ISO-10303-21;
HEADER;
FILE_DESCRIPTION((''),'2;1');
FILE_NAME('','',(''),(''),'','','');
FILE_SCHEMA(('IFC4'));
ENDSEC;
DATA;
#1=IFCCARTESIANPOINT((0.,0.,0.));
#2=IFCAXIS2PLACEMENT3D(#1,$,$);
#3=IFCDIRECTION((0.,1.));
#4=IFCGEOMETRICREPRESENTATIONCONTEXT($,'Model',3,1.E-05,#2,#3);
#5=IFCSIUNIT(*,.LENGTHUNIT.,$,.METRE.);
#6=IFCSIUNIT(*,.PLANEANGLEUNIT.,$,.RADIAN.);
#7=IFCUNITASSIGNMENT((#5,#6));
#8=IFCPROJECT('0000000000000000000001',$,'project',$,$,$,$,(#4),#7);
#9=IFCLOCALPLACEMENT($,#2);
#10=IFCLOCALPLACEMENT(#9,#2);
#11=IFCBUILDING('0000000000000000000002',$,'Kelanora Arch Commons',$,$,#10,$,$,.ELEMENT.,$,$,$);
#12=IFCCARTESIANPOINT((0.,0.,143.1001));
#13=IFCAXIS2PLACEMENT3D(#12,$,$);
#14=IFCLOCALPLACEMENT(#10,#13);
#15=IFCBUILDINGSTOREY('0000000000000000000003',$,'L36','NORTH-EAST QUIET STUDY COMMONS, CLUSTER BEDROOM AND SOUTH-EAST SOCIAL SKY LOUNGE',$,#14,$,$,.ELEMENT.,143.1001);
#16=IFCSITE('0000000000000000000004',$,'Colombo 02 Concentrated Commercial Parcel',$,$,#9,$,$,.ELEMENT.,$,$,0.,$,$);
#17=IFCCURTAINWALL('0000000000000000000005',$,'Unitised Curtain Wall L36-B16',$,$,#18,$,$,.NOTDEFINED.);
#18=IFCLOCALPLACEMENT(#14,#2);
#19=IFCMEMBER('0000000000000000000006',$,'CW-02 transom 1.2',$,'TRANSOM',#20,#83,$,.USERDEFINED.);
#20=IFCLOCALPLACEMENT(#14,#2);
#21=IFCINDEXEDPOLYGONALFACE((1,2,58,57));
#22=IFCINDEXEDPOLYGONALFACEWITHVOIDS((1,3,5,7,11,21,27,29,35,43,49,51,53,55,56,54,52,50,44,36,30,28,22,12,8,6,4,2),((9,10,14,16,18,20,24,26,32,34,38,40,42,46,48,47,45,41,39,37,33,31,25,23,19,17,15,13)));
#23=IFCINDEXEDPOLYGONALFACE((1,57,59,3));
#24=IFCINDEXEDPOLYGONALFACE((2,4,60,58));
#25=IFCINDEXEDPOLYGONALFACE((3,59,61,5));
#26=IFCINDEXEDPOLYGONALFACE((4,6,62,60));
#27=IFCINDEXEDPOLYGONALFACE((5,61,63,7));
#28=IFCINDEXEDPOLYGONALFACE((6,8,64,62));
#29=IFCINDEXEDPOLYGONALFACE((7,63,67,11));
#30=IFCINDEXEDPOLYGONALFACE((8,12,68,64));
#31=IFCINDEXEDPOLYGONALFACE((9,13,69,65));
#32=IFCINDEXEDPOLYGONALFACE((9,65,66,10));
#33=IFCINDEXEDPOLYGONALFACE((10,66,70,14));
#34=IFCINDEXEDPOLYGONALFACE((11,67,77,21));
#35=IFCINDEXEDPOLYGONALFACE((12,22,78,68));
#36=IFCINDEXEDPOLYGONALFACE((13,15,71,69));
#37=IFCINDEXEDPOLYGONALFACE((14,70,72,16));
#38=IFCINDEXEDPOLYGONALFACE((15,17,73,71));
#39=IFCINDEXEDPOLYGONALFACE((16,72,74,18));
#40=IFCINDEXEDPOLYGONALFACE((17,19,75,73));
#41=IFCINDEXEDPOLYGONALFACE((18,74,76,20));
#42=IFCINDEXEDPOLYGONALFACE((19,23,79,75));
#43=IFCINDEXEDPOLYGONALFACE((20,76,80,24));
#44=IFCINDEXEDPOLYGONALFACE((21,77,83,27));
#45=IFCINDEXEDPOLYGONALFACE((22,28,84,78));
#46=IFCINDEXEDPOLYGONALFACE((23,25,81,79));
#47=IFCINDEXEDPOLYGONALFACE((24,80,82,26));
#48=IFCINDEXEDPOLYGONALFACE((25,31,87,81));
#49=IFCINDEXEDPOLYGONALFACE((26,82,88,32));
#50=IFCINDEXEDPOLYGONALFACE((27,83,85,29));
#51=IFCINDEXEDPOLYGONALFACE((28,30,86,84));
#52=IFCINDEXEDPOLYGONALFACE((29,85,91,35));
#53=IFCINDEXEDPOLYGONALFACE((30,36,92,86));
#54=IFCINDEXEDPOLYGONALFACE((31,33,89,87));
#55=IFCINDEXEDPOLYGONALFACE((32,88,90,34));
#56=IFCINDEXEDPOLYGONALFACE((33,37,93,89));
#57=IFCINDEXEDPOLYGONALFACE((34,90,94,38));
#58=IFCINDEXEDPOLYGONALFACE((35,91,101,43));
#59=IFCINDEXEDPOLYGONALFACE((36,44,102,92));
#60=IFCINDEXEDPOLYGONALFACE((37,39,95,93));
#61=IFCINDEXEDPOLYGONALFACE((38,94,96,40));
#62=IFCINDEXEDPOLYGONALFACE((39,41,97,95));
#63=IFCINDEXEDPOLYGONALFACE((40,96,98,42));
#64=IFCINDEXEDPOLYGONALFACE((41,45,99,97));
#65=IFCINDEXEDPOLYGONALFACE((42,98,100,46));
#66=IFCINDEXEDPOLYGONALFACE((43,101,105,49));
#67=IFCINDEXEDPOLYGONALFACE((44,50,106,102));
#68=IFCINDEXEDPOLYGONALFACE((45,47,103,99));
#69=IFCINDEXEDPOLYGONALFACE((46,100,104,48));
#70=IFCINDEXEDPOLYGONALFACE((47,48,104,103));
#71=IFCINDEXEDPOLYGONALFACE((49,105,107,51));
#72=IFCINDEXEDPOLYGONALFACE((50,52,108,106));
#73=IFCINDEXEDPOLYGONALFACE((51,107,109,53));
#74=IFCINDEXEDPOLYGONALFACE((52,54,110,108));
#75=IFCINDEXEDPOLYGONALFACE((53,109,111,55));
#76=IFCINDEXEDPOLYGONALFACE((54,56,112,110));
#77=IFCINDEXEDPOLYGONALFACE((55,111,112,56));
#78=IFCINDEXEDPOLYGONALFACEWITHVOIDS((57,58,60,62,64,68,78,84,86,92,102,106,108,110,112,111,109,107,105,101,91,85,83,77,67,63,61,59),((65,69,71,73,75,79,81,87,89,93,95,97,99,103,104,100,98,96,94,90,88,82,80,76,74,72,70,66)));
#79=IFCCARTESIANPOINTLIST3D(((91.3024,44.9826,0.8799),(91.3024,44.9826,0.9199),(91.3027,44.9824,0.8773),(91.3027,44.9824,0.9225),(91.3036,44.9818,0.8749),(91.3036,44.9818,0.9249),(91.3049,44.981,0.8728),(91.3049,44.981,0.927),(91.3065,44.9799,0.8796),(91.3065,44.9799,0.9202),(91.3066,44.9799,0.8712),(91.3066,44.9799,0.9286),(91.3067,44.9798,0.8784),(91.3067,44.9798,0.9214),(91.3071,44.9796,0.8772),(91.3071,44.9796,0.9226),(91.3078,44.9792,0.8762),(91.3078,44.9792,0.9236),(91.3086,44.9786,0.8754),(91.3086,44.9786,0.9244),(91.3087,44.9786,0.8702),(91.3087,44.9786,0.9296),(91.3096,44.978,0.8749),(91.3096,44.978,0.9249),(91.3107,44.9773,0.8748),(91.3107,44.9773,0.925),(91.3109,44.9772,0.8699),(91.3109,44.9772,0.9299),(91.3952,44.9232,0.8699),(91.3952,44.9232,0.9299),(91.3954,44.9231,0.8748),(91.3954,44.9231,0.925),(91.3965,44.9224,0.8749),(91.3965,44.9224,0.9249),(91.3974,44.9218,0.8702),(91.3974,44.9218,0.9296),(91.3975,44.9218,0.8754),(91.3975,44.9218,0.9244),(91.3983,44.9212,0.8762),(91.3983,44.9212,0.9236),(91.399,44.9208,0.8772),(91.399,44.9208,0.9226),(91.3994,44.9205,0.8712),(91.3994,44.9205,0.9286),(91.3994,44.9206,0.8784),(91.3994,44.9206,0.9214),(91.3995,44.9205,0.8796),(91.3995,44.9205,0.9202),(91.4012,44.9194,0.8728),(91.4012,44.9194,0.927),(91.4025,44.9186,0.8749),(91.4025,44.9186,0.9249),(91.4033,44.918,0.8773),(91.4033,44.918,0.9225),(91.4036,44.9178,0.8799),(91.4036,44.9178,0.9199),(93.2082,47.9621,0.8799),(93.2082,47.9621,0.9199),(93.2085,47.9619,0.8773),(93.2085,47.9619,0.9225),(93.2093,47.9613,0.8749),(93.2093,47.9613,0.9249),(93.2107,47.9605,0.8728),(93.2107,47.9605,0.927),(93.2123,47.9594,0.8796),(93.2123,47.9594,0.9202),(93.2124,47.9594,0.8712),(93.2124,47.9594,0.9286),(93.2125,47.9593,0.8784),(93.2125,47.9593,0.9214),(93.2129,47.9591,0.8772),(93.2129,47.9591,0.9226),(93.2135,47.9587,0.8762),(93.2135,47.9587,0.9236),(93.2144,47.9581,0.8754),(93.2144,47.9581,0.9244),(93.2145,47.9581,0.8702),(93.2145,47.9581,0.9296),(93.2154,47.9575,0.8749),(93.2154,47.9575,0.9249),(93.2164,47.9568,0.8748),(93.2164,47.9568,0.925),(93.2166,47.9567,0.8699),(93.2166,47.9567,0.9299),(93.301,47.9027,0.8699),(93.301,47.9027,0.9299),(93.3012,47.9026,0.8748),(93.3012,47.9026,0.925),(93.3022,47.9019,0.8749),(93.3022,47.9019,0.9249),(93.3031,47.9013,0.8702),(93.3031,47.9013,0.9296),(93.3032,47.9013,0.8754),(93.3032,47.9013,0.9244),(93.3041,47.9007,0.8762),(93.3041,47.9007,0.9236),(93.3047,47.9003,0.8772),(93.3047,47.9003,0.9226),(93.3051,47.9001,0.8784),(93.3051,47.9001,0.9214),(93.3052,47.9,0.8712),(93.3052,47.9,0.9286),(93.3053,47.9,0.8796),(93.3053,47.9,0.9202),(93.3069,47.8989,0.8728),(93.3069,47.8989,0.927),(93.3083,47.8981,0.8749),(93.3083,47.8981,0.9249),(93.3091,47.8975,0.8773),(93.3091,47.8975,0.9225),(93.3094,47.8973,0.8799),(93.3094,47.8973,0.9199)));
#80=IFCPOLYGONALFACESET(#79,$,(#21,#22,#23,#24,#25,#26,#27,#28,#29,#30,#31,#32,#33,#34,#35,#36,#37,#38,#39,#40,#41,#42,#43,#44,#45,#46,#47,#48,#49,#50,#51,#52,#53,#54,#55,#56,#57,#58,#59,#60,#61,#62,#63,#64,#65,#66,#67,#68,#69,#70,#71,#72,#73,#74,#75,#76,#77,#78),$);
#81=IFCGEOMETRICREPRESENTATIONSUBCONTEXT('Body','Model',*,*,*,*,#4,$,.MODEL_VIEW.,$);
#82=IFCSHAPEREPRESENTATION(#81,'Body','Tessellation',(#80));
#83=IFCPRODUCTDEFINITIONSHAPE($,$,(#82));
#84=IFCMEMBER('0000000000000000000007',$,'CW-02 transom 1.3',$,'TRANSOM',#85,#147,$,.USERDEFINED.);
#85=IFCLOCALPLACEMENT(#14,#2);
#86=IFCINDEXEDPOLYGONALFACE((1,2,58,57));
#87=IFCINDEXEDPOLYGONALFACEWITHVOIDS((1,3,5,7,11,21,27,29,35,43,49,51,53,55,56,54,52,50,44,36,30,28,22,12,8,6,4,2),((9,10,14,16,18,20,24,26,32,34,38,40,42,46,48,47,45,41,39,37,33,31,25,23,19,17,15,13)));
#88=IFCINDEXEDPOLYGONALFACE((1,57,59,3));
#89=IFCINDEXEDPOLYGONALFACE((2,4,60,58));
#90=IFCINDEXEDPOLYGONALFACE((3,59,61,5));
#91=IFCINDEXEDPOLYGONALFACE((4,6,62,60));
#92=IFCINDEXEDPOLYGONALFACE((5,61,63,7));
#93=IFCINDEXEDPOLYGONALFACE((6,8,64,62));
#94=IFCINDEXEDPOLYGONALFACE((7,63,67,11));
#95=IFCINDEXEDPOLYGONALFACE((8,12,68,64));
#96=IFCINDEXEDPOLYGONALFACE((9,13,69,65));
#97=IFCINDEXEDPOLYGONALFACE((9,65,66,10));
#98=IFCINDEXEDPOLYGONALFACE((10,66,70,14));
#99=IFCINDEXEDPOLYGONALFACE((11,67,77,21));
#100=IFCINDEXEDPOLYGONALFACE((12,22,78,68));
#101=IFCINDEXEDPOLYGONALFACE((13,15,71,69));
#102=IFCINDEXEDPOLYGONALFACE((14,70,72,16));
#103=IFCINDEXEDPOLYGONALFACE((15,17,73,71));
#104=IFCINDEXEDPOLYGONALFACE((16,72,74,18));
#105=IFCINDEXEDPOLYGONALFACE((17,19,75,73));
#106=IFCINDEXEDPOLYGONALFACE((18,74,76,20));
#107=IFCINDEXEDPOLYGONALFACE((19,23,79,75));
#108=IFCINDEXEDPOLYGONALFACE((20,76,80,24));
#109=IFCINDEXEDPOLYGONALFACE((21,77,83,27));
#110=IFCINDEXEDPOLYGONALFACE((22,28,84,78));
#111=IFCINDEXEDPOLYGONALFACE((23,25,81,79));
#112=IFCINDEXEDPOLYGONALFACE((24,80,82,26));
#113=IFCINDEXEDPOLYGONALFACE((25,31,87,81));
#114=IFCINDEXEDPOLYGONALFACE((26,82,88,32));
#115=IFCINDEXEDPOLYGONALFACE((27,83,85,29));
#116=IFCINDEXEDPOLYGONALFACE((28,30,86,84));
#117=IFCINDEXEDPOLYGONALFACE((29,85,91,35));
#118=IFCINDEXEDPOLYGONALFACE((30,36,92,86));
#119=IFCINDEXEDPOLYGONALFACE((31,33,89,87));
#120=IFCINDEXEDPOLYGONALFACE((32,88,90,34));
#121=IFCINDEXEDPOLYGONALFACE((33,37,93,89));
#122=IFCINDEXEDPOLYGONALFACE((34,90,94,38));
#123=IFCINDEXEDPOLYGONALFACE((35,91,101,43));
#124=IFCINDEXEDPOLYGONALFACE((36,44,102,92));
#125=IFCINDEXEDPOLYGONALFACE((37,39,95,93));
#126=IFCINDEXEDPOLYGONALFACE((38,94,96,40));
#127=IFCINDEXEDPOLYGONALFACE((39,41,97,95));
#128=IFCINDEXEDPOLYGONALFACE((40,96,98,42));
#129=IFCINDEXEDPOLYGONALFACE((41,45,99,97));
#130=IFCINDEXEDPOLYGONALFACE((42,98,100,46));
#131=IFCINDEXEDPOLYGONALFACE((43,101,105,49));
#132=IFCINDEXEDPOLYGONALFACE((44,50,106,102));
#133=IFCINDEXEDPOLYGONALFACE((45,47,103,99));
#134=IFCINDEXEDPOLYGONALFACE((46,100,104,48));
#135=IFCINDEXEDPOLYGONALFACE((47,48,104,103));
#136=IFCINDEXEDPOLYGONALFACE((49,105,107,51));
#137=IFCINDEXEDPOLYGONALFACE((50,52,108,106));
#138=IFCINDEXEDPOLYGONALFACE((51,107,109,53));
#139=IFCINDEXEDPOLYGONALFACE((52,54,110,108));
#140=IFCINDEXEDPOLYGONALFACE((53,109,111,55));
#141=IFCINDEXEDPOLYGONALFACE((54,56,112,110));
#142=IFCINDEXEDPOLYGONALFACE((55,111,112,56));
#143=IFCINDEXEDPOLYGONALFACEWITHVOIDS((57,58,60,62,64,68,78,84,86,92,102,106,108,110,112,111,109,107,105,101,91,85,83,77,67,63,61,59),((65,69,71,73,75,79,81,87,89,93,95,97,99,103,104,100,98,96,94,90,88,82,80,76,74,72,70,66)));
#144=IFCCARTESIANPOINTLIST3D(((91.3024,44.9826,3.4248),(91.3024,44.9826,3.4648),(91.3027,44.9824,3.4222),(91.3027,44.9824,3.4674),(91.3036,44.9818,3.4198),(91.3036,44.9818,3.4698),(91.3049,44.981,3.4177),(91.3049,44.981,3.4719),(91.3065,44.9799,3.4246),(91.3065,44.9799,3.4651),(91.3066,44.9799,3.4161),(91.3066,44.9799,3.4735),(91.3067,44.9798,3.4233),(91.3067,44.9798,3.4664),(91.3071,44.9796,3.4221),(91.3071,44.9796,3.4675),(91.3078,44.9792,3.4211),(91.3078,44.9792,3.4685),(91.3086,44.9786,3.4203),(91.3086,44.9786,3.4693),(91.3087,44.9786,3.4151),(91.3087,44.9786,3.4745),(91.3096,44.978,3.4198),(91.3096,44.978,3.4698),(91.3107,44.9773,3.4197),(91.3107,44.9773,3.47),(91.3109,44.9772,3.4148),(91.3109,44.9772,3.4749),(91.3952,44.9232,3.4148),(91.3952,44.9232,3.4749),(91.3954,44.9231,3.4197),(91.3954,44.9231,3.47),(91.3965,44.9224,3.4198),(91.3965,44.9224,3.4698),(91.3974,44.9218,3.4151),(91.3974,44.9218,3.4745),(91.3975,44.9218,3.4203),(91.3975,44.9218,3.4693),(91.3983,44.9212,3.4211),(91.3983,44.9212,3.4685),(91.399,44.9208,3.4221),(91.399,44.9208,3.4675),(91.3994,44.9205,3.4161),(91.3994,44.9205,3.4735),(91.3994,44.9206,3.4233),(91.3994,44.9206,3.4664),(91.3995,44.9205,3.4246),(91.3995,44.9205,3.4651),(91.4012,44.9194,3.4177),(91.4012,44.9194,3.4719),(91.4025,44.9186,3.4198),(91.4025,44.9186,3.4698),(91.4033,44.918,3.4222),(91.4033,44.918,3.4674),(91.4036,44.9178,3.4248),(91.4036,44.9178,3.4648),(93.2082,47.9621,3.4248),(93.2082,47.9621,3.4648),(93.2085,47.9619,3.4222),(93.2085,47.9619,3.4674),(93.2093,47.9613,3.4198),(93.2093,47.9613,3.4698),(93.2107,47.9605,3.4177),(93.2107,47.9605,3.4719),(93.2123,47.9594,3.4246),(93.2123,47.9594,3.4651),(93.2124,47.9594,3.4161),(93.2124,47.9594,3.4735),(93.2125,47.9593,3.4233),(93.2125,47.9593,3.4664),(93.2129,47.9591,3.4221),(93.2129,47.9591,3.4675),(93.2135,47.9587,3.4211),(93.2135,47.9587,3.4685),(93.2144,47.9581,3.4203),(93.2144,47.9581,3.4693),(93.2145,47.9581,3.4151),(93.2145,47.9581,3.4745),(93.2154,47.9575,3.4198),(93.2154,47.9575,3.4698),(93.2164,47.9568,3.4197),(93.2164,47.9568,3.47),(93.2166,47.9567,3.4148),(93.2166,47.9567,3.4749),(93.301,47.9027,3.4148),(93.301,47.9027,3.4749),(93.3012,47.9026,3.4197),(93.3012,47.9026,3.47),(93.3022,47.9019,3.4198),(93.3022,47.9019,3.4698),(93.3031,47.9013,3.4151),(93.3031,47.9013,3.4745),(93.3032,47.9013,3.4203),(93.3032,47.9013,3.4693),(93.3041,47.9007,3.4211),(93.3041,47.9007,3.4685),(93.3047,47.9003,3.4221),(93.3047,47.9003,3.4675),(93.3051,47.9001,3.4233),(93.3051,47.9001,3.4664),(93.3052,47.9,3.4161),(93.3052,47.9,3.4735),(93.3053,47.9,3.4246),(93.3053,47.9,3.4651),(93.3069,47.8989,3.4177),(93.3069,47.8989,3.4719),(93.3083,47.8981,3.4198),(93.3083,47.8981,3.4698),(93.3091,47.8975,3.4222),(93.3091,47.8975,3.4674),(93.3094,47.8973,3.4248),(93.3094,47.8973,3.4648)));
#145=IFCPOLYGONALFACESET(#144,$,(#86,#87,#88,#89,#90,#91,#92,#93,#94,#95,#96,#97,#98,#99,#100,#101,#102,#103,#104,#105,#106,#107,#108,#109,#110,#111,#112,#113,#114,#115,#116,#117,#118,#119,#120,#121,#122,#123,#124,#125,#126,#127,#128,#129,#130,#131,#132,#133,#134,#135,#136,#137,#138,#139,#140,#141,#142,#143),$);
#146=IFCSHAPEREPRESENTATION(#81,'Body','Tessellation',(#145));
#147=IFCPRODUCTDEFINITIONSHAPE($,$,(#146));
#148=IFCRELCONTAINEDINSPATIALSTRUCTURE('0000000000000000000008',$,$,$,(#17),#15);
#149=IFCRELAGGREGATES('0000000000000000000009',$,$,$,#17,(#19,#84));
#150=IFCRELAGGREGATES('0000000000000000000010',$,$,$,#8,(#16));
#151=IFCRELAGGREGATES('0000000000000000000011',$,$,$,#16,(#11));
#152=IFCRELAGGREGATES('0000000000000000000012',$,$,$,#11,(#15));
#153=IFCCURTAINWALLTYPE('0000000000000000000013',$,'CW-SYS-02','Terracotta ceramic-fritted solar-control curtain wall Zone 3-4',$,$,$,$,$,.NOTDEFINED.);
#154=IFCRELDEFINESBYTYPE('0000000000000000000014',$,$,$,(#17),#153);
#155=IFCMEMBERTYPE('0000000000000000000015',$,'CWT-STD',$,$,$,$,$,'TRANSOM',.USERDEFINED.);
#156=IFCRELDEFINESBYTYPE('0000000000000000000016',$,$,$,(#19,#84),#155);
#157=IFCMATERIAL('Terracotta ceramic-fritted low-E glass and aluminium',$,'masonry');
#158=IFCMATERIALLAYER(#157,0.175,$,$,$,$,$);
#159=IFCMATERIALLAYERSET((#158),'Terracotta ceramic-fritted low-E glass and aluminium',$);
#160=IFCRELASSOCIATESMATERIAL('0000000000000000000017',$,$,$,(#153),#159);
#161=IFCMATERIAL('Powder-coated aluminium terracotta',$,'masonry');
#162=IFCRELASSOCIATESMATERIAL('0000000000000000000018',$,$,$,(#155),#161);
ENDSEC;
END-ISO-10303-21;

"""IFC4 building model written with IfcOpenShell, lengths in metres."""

from ifc_helpers import new_model, si_unit, direction, frame, origin, origin_2d, place, context, subcontext, project, spatial, hollow_rectangle, extrude, material, layer, layer_set, material_profile, profile_set, type_object, element, aggregate, save


model = new_model("IFC4")

# Units and contexts
model_context = context("Model", 3, precision=1e-05, world=origin(), true_north=direction((0.0, 1.0)))
body_context = subcontext(model_context, "Body", "Model", "MODEL_VIEW")
ifc_project = project(units=[si_unit("LENGTHUNIT", "METRE"), si_unit("PLANEANGLEUNIT", "RADIAN")], contexts=[model_context])

# Site, building, storey
site_placement = place(None, origin())
site = spatial("IfcSite", under=ifc_project, at=site_placement, Name="Colombo 02 Concentrated Commercial Parcel", CompositionType="ELEMENT", RefElevation=0.0)
building_placement = place(site_placement, origin())
building = spatial("IfcBuilding", under=site, at=building_placement, Name="Kelanora Arch Commons", CompositionType="ELEMENT")
storey_placement = place(building_placement, frame((0.0, 0.0, 143.1001)))
storey = spatial("IfcBuildingStorey", under=building, at=storey_placement, Name="L36", Description="NORTH-EAST QUIET STUDY COMMONS, CLUSTER BEDROOM AND SOUTH-EAST SOCIAL SKY LOUNGE", CompositionType="ELEMENT", Elevation=143.1001)

# Shared definitions
ifc_material_1 = material(Name="Terracotta ceramic-fritted low-E glass and aluminium", Category="masonry")
ifc_layer_1 = layer(ifc_material_1, 0.175)
ifc_layer_set_1 = layer_set([ifc_layer_1], Name="Terracotta ceramic-fritted low-E glass and aluminium")
curtain_wall_type = type_object("IfcCurtainWallType", Name="CW-SYS-02", Description="Terracotta ceramic-fritted solar-control curtain wall Zone 3-4", PredefinedType="NOTDEFINED", material=ifc_layer_set_1)
ifc_material_2 = material(Name="Powder-coated aluminium terracotta", Category="masonry")

# Curtain wall, members
curtain_wall_1_placement = place(storey_placement, origin())
curtain_wall_1 = element("IfcCurtainWall", 1, at=curtain_wall_1_placement, inside=storey, type_object=curtain_wall_type, Name="Unitised Curtain Wall L36-B16", PredefinedType="NOTDEFINED")
ifc_material_profile_1 = material_profile(ifc_material_2, hollow_rectangle(XDim=0.1201, YDim=0.0601, WallThickness=0.0049, InnerFilletRadius=0.0049, OuterFilletRadius=0.01, at=origin_2d()), Name="CWT120x60")
ifc_profile_set_1 = profile_set([ifc_material_profile_1], Name="Powder-coated aluminium terracotta")
member_type_1 = type_object("IfcMemberType", Name="CWT-STD", ElementType="TRANSOM", PredefinedType="USERDEFINED", material=ifc_profile_set_1)
member_1_placement = place(storey_placement, frame((91.353, 44.9502, 0.8999), z_axis=(0.53883, 0.842414, 0.0), x_axis=(-0.842414, 0.53883, 0.0)))
member_1 = element("IfcMember", 2, at=member_1_placement, type_object=member_type_1, Name="CW-02 transom 1.2", ObjectType="TRANSOM", PredefinedType="USERDEFINED", context=body_context, shape_type="SweptSolid", body=[
    extrude(hollow_rectangle(XDim=0.1201, YDim=0.0601, WallThickness=0.0049, InnerFilletRadius=0.0049, OuterFilletRadius=0.01, at=origin_2d()), origin(), (0.0, 0.0, 1.0), 3.5369),
])
member_2_placement = place(storey_placement, frame((91.353, 44.9502, 3.4448), z_axis=(0.53883, 0.842414, 0.0), x_axis=(-0.842414, 0.53883, 0.0)))
member_2 = element("IfcMember", 3, at=member_2_placement, type_object=member_type_1, Name="CW-02 transom 1.3", ObjectType="TRANSOM", PredefinedType="USERDEFINED", context=body_context, shape_type="SweptSolid", body=[
    extrude(hollow_rectangle(XDim=0.1201, YDim=0.0601, WallThickness=0.0049, InnerFilletRadius=0.0049, OuterFilletRadius=0.01, at=origin_2d()), origin(), (0.0, 0.0, 1.0), 3.5369),
])

aggregate(curtain_wall_1, [member_1, member_2])

save(model, "model.ifc")
